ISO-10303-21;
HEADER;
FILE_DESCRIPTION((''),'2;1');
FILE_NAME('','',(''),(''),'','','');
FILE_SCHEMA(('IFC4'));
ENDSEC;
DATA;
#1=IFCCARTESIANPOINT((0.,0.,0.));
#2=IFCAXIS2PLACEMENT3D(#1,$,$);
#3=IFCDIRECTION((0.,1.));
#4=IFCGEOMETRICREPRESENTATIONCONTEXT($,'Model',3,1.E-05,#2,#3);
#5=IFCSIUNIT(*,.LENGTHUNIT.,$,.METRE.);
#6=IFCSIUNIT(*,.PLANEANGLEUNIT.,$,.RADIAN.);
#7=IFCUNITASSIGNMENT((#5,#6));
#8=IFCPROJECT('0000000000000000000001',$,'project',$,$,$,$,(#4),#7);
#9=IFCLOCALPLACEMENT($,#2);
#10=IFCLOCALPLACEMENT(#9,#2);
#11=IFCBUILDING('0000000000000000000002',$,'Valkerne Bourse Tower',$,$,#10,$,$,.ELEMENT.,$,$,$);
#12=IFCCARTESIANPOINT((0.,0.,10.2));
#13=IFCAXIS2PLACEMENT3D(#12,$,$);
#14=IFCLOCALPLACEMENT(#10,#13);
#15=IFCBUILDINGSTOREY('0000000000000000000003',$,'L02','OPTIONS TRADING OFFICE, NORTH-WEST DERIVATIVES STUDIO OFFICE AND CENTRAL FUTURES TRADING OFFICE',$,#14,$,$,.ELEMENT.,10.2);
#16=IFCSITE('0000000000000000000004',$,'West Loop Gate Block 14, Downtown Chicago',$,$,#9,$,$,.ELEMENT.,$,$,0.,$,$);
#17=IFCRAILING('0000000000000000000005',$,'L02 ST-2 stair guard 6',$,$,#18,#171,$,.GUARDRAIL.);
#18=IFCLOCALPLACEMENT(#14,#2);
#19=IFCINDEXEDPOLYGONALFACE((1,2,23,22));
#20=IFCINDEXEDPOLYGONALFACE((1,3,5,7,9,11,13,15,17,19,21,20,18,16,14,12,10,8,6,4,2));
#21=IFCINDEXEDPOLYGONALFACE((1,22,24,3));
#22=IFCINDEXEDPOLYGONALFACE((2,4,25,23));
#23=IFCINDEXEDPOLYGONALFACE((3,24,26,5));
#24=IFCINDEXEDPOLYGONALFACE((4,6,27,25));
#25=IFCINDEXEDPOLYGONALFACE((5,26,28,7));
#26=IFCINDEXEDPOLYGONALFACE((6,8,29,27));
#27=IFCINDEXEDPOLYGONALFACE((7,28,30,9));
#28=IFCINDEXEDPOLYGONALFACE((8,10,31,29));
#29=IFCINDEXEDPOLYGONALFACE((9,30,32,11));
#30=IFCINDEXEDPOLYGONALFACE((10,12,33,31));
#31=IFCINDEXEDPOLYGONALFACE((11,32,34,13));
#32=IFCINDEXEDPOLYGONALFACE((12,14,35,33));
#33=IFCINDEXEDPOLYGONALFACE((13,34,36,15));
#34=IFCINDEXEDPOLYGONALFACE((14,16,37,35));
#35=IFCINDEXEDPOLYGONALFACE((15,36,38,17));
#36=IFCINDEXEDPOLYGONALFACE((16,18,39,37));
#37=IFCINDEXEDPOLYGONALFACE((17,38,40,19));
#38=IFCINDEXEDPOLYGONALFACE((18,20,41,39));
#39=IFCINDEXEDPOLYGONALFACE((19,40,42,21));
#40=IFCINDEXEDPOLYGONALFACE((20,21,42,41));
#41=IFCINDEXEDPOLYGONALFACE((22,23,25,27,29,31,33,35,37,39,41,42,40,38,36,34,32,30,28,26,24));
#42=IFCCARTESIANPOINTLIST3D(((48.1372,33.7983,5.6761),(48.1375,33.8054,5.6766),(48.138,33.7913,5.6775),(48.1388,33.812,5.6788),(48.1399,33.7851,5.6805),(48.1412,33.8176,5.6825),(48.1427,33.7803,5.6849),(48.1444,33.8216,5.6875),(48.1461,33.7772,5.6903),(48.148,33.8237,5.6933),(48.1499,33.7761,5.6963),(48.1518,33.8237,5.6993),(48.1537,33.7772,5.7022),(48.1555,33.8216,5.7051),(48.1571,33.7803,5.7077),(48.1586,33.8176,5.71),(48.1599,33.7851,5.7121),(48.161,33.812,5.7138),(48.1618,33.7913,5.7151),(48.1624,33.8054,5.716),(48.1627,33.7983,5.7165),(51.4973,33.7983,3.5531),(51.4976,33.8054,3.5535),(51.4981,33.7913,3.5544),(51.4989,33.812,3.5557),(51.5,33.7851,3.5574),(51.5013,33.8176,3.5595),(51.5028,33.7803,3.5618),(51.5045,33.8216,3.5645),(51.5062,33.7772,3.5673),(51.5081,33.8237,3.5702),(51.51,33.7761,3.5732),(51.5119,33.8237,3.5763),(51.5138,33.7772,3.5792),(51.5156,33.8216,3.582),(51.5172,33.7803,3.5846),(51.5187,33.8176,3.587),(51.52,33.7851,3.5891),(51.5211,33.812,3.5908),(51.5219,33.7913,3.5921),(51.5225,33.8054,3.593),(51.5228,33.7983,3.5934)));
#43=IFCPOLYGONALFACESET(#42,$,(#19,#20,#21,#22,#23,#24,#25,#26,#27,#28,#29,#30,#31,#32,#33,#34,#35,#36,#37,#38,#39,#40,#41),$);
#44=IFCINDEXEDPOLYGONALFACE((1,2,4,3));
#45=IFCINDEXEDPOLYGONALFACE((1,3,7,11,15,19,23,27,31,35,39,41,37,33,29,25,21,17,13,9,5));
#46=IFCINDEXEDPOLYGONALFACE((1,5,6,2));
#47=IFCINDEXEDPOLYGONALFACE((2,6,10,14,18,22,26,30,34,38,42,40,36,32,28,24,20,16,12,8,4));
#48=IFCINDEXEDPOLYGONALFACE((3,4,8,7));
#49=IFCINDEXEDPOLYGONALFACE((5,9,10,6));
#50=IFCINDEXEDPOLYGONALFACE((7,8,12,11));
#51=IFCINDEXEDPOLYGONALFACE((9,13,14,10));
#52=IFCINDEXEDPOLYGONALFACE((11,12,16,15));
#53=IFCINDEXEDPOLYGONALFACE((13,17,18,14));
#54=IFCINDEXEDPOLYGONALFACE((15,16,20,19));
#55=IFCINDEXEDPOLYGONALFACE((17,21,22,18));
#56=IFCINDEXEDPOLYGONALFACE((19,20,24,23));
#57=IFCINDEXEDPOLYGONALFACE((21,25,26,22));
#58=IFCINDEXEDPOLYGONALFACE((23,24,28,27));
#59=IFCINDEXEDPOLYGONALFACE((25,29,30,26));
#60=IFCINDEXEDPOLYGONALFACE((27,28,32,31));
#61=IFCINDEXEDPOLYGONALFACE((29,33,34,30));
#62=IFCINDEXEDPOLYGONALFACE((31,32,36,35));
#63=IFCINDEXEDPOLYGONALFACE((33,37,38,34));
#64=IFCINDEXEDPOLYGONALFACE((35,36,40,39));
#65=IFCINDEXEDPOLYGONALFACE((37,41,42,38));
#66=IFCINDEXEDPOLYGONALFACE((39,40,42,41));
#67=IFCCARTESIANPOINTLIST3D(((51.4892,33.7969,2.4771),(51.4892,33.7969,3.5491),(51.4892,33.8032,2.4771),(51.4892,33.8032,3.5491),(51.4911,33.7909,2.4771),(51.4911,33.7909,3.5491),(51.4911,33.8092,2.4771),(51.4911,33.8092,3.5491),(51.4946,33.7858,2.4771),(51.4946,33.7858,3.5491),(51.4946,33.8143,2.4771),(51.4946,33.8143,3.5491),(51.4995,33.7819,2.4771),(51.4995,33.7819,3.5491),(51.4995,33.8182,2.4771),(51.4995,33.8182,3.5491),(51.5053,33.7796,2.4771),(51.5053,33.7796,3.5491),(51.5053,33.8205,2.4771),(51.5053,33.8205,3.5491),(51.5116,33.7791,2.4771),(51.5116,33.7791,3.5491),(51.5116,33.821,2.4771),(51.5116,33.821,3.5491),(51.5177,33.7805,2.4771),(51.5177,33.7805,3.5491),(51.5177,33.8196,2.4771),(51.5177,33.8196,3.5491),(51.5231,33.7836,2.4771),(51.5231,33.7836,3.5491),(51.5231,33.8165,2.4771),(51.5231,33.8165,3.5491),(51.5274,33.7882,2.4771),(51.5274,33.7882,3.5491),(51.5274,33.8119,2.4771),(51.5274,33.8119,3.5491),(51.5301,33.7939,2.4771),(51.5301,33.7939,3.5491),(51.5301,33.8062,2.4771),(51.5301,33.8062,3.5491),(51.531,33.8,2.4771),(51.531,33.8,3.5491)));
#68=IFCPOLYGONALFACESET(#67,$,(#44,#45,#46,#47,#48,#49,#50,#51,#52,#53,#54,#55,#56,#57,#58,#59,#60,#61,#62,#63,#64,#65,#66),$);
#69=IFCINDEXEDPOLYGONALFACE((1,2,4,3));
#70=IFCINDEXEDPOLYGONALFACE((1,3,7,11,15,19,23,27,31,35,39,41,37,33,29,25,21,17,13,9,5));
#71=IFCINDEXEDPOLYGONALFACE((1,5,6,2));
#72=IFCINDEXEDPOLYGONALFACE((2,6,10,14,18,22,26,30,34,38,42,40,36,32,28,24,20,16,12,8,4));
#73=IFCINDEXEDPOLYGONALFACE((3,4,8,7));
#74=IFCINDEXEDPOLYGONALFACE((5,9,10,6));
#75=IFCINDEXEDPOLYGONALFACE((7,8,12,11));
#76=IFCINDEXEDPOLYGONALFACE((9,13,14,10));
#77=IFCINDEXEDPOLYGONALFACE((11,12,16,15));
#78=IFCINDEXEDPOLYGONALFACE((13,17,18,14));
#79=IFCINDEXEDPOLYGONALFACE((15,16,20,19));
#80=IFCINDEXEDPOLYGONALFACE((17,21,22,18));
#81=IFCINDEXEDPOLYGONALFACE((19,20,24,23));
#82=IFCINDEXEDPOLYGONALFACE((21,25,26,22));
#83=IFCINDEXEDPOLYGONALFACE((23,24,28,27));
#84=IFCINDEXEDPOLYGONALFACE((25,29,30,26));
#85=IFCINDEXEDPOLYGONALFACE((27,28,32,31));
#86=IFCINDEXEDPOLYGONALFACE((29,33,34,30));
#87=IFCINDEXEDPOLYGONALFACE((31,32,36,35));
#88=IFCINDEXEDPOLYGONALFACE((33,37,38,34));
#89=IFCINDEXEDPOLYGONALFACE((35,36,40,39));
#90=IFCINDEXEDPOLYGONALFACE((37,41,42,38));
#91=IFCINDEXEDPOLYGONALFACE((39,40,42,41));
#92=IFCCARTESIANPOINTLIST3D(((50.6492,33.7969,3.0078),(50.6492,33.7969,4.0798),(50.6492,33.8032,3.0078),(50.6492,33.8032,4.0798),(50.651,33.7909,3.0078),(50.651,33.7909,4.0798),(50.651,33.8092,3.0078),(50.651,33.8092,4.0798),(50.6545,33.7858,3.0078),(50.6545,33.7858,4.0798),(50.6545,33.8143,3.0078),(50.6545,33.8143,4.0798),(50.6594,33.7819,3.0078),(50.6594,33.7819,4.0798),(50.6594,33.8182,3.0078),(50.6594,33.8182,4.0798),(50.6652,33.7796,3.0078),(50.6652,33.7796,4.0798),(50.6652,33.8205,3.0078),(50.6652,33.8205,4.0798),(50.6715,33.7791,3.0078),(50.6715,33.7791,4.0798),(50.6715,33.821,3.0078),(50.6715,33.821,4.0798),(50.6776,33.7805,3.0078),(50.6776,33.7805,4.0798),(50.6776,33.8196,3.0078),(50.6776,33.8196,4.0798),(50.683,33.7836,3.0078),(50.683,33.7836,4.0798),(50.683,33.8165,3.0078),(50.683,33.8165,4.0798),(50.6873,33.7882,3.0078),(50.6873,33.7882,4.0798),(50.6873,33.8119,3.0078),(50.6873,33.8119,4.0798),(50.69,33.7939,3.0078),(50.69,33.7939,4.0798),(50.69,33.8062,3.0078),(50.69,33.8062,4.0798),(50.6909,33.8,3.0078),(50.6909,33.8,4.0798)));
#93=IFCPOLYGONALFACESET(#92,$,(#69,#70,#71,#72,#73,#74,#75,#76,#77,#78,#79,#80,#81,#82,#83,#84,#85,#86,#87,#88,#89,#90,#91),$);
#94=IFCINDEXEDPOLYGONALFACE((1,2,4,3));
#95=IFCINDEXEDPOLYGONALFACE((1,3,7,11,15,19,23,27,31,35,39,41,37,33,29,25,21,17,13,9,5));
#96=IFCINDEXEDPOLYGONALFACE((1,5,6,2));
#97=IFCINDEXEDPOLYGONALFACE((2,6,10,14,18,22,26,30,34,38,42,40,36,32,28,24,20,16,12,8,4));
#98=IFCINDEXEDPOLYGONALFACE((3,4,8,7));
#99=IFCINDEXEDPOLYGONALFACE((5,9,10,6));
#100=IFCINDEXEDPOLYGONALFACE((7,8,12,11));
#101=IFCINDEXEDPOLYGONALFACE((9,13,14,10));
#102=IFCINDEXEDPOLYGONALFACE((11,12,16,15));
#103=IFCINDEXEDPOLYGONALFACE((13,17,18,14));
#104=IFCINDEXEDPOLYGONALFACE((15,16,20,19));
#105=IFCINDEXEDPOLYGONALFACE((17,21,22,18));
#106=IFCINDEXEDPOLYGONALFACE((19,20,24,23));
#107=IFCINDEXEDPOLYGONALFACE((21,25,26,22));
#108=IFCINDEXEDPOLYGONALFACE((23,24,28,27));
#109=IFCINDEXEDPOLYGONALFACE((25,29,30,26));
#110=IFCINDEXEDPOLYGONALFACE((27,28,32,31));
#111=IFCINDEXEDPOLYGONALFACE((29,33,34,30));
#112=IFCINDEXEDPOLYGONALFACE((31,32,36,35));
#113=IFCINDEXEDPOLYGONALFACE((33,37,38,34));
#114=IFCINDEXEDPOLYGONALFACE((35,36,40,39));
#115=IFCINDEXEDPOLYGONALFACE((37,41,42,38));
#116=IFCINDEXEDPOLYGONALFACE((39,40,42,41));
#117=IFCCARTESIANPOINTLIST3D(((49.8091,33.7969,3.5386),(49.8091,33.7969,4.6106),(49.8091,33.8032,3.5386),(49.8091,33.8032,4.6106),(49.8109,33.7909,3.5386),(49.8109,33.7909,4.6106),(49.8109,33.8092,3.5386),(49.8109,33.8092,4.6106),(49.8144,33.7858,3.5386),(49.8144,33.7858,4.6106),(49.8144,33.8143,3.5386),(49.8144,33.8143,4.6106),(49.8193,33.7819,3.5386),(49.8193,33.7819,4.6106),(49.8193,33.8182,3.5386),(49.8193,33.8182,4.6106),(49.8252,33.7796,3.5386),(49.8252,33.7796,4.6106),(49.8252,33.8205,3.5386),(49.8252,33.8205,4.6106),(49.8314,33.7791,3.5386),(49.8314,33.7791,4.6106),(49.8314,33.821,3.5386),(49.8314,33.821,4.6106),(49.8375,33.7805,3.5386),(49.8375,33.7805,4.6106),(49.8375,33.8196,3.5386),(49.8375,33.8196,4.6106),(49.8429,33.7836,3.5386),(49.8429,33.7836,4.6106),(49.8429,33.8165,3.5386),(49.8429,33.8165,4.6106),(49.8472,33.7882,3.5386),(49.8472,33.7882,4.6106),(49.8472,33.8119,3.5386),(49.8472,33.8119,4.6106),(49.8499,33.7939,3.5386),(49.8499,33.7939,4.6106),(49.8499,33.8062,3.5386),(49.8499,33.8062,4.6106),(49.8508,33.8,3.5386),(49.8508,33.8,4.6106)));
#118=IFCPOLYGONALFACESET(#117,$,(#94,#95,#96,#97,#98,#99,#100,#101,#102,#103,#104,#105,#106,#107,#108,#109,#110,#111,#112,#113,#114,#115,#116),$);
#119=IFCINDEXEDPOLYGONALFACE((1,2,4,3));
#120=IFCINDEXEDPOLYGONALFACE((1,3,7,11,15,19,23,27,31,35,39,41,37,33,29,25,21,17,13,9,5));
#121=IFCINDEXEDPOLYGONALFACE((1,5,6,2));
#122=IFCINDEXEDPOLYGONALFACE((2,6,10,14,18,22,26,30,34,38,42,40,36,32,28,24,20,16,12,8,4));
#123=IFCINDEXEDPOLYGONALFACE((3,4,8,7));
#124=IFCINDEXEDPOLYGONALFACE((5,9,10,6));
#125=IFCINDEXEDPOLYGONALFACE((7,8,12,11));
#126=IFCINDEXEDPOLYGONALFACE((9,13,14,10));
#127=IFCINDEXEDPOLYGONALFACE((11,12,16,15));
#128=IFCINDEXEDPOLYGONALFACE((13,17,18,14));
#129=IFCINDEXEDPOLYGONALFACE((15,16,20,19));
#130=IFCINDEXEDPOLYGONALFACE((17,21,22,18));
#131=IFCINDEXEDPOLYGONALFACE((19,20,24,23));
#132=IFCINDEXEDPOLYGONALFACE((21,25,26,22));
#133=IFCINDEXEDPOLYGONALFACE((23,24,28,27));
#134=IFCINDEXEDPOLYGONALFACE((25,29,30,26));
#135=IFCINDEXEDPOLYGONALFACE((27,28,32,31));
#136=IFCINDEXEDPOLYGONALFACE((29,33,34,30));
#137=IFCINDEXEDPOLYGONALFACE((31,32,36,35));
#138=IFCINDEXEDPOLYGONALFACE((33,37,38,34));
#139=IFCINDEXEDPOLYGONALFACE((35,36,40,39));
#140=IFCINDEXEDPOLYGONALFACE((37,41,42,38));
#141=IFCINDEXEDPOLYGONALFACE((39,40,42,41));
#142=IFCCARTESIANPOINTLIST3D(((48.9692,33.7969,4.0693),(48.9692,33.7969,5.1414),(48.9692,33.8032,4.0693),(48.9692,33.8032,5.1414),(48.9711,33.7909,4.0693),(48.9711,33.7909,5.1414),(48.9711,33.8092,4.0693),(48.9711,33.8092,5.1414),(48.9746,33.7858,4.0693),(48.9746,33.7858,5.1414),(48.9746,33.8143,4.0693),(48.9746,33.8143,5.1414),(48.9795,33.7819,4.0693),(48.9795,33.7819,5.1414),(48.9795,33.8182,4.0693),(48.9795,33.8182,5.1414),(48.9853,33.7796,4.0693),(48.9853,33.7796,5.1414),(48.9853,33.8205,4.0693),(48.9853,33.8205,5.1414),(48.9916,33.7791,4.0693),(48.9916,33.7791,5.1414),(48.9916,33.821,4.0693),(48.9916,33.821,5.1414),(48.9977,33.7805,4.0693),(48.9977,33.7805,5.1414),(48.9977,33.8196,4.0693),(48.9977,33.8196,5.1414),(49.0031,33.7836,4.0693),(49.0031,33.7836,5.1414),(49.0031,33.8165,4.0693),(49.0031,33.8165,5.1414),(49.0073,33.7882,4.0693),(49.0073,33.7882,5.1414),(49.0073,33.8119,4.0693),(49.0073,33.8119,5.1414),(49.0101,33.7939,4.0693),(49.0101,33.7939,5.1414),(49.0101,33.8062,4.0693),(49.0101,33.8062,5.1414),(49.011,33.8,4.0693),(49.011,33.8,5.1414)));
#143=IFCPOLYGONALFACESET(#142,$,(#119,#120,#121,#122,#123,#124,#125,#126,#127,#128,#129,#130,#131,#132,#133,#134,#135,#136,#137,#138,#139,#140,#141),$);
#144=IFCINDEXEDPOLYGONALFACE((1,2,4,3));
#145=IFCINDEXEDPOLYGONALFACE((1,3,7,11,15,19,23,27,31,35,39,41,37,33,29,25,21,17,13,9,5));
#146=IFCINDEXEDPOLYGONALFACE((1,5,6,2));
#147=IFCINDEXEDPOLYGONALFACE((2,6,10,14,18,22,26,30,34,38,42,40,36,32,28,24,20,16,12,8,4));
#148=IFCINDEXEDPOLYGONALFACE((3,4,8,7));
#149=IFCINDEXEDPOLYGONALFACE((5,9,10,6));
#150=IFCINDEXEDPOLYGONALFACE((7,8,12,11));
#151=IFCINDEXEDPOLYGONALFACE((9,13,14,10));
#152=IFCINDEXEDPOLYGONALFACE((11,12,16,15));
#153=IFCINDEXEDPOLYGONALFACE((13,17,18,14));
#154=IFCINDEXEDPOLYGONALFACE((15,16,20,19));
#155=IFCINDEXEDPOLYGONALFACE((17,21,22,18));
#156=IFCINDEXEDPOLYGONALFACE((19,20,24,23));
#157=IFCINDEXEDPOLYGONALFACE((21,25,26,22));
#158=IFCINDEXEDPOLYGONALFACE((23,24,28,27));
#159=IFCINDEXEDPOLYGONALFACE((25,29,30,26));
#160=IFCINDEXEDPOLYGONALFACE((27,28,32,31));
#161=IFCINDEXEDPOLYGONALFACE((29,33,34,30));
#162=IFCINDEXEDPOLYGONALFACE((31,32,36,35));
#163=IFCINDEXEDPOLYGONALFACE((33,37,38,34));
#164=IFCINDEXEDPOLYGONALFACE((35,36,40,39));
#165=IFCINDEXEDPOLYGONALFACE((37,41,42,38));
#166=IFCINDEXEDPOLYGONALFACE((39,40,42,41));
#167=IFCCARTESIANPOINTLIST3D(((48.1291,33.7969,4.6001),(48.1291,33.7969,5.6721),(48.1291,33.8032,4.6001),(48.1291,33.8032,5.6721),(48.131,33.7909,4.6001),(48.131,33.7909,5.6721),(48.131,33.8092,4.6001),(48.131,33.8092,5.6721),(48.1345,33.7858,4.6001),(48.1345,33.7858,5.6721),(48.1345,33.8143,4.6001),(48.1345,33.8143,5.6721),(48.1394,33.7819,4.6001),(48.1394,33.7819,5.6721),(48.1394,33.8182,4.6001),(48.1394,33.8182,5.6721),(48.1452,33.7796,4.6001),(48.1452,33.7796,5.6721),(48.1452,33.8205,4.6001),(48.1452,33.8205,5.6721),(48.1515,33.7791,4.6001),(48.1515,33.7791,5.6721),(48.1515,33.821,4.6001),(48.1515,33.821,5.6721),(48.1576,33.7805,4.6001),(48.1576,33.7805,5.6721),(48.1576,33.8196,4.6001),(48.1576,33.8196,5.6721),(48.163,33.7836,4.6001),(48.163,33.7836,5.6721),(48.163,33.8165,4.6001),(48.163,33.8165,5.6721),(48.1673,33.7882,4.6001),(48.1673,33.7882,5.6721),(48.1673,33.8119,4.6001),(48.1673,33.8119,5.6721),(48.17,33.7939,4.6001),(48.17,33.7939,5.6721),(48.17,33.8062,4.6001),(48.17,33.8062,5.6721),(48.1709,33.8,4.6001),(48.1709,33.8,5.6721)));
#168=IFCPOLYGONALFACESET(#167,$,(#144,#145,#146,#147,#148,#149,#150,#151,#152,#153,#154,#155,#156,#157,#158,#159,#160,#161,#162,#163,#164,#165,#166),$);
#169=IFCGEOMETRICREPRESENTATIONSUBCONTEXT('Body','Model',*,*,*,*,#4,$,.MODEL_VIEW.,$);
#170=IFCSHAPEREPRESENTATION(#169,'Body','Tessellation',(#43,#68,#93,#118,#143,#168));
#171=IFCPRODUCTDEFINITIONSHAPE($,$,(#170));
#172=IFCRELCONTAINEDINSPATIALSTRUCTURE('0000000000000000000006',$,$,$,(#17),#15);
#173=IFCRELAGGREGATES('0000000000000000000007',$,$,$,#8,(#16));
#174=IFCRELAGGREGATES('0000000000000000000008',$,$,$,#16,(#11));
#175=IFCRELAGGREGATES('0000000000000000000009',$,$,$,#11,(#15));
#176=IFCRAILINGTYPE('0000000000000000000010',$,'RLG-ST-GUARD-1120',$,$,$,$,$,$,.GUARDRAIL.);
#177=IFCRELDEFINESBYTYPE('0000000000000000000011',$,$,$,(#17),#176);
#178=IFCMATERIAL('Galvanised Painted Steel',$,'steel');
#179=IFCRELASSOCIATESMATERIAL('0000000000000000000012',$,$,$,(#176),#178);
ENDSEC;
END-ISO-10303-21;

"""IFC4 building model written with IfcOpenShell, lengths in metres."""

from ifc_helpers import new_model, si_unit, direction, frame, origin, origin_2d, place, context, subcontext, project, spatial, circle, extrude, material, type_object, element, save


model = new_model("IFC4")

# Units and contexts
model_context = context("Model", 3, precision=1e-05, world=origin(), true_north=direction((0.0, 1.0)))
body_context = subcontext(model_context, "Body", "Model", "MODEL_VIEW")
ifc_project = project(units=[si_unit("LENGTHUNIT", "METRE"), si_unit("PLANEANGLEUNIT", "RADIAN")], contexts=[model_context])

# Site, building, storey
site_placement = place(None, origin())
site = spatial("IfcSite", under=ifc_project, at=site_placement, Name="West Loop Gate Block 14, Downtown Chicago", CompositionType="ELEMENT", RefElevation=0.0)
building_placement = place(site_placement, origin())
building = spatial("IfcBuilding", under=site, at=building_placement, Name="Valkerne Bourse Tower", CompositionType="ELEMENT")
storey_placement = place(building_placement, frame((0.0, 0.0, 10.2)))
storey = spatial("IfcBuildingStorey", under=building, at=storey_placement, Name="L02", Description="OPTIONS TRADING OFFICE, NORTH-WEST DERIVATIVES STUDIO OFFICE AND CENTRAL FUTURES TRADING OFFICE", CompositionType="ELEMENT", Elevation=10.2)

# Railing
ifc_material_1 = material(Name="Galvanised Painted Steel", Category="steel")
railing_type_1 = type_object("IfcRailingType", Name="RLG-ST-GUARD-1120", PredefinedType="GUARDRAIL", material=ifc_material_1)
railing_1_placement = place(storey_placement, frame((51.51, 33.8, 2.4771)))
element("IfcRailing", 1, at=railing_1_placement, inside=storey, type_object=railing_type_1, Name="L02 ST-2 stair guard 6", PredefinedType="GUARDRAIL", context=body_context, shape_type="SweptSolid", body=[
    extrude(circle(Radius=0.0239, at=origin_2d()), frame((0.0, 0.0, 1.0962), z_axis=(-0.84539, 0.0, 0.53415), x_axis=(0.0, -1.0, 0.0)), (0.0, 0.0, 1.0), 3.9746),
    extrude(circle(Radius=0.021, at=origin_2d()), origin(), (0.0, 0.0, 1.0), 1.072),
    extrude(circle(Radius=0.021, at=origin_2d()), frame((-0.8401, 0.0, 0.5308)), (0.0, 0.0, 1.0), 1.072),
    extrude(circle(Radius=0.021, at=origin_2d()), frame((-1.6802, 0.0, 1.0615)), (0.0, 0.0, 1.0), 1.072),
    extrude(circle(Radius=0.021, at=origin_2d()), frame((-2.52, 0.0, 1.5923)), (0.0, 0.0, 1.0), 1.072),
    extrude(circle(Radius=0.021, at=origin_2d()), frame((-3.3601, 0.0, 2.123)), (0.0, 0.0, 1.0), 1.072),
])

save(model, "model.ifc")
